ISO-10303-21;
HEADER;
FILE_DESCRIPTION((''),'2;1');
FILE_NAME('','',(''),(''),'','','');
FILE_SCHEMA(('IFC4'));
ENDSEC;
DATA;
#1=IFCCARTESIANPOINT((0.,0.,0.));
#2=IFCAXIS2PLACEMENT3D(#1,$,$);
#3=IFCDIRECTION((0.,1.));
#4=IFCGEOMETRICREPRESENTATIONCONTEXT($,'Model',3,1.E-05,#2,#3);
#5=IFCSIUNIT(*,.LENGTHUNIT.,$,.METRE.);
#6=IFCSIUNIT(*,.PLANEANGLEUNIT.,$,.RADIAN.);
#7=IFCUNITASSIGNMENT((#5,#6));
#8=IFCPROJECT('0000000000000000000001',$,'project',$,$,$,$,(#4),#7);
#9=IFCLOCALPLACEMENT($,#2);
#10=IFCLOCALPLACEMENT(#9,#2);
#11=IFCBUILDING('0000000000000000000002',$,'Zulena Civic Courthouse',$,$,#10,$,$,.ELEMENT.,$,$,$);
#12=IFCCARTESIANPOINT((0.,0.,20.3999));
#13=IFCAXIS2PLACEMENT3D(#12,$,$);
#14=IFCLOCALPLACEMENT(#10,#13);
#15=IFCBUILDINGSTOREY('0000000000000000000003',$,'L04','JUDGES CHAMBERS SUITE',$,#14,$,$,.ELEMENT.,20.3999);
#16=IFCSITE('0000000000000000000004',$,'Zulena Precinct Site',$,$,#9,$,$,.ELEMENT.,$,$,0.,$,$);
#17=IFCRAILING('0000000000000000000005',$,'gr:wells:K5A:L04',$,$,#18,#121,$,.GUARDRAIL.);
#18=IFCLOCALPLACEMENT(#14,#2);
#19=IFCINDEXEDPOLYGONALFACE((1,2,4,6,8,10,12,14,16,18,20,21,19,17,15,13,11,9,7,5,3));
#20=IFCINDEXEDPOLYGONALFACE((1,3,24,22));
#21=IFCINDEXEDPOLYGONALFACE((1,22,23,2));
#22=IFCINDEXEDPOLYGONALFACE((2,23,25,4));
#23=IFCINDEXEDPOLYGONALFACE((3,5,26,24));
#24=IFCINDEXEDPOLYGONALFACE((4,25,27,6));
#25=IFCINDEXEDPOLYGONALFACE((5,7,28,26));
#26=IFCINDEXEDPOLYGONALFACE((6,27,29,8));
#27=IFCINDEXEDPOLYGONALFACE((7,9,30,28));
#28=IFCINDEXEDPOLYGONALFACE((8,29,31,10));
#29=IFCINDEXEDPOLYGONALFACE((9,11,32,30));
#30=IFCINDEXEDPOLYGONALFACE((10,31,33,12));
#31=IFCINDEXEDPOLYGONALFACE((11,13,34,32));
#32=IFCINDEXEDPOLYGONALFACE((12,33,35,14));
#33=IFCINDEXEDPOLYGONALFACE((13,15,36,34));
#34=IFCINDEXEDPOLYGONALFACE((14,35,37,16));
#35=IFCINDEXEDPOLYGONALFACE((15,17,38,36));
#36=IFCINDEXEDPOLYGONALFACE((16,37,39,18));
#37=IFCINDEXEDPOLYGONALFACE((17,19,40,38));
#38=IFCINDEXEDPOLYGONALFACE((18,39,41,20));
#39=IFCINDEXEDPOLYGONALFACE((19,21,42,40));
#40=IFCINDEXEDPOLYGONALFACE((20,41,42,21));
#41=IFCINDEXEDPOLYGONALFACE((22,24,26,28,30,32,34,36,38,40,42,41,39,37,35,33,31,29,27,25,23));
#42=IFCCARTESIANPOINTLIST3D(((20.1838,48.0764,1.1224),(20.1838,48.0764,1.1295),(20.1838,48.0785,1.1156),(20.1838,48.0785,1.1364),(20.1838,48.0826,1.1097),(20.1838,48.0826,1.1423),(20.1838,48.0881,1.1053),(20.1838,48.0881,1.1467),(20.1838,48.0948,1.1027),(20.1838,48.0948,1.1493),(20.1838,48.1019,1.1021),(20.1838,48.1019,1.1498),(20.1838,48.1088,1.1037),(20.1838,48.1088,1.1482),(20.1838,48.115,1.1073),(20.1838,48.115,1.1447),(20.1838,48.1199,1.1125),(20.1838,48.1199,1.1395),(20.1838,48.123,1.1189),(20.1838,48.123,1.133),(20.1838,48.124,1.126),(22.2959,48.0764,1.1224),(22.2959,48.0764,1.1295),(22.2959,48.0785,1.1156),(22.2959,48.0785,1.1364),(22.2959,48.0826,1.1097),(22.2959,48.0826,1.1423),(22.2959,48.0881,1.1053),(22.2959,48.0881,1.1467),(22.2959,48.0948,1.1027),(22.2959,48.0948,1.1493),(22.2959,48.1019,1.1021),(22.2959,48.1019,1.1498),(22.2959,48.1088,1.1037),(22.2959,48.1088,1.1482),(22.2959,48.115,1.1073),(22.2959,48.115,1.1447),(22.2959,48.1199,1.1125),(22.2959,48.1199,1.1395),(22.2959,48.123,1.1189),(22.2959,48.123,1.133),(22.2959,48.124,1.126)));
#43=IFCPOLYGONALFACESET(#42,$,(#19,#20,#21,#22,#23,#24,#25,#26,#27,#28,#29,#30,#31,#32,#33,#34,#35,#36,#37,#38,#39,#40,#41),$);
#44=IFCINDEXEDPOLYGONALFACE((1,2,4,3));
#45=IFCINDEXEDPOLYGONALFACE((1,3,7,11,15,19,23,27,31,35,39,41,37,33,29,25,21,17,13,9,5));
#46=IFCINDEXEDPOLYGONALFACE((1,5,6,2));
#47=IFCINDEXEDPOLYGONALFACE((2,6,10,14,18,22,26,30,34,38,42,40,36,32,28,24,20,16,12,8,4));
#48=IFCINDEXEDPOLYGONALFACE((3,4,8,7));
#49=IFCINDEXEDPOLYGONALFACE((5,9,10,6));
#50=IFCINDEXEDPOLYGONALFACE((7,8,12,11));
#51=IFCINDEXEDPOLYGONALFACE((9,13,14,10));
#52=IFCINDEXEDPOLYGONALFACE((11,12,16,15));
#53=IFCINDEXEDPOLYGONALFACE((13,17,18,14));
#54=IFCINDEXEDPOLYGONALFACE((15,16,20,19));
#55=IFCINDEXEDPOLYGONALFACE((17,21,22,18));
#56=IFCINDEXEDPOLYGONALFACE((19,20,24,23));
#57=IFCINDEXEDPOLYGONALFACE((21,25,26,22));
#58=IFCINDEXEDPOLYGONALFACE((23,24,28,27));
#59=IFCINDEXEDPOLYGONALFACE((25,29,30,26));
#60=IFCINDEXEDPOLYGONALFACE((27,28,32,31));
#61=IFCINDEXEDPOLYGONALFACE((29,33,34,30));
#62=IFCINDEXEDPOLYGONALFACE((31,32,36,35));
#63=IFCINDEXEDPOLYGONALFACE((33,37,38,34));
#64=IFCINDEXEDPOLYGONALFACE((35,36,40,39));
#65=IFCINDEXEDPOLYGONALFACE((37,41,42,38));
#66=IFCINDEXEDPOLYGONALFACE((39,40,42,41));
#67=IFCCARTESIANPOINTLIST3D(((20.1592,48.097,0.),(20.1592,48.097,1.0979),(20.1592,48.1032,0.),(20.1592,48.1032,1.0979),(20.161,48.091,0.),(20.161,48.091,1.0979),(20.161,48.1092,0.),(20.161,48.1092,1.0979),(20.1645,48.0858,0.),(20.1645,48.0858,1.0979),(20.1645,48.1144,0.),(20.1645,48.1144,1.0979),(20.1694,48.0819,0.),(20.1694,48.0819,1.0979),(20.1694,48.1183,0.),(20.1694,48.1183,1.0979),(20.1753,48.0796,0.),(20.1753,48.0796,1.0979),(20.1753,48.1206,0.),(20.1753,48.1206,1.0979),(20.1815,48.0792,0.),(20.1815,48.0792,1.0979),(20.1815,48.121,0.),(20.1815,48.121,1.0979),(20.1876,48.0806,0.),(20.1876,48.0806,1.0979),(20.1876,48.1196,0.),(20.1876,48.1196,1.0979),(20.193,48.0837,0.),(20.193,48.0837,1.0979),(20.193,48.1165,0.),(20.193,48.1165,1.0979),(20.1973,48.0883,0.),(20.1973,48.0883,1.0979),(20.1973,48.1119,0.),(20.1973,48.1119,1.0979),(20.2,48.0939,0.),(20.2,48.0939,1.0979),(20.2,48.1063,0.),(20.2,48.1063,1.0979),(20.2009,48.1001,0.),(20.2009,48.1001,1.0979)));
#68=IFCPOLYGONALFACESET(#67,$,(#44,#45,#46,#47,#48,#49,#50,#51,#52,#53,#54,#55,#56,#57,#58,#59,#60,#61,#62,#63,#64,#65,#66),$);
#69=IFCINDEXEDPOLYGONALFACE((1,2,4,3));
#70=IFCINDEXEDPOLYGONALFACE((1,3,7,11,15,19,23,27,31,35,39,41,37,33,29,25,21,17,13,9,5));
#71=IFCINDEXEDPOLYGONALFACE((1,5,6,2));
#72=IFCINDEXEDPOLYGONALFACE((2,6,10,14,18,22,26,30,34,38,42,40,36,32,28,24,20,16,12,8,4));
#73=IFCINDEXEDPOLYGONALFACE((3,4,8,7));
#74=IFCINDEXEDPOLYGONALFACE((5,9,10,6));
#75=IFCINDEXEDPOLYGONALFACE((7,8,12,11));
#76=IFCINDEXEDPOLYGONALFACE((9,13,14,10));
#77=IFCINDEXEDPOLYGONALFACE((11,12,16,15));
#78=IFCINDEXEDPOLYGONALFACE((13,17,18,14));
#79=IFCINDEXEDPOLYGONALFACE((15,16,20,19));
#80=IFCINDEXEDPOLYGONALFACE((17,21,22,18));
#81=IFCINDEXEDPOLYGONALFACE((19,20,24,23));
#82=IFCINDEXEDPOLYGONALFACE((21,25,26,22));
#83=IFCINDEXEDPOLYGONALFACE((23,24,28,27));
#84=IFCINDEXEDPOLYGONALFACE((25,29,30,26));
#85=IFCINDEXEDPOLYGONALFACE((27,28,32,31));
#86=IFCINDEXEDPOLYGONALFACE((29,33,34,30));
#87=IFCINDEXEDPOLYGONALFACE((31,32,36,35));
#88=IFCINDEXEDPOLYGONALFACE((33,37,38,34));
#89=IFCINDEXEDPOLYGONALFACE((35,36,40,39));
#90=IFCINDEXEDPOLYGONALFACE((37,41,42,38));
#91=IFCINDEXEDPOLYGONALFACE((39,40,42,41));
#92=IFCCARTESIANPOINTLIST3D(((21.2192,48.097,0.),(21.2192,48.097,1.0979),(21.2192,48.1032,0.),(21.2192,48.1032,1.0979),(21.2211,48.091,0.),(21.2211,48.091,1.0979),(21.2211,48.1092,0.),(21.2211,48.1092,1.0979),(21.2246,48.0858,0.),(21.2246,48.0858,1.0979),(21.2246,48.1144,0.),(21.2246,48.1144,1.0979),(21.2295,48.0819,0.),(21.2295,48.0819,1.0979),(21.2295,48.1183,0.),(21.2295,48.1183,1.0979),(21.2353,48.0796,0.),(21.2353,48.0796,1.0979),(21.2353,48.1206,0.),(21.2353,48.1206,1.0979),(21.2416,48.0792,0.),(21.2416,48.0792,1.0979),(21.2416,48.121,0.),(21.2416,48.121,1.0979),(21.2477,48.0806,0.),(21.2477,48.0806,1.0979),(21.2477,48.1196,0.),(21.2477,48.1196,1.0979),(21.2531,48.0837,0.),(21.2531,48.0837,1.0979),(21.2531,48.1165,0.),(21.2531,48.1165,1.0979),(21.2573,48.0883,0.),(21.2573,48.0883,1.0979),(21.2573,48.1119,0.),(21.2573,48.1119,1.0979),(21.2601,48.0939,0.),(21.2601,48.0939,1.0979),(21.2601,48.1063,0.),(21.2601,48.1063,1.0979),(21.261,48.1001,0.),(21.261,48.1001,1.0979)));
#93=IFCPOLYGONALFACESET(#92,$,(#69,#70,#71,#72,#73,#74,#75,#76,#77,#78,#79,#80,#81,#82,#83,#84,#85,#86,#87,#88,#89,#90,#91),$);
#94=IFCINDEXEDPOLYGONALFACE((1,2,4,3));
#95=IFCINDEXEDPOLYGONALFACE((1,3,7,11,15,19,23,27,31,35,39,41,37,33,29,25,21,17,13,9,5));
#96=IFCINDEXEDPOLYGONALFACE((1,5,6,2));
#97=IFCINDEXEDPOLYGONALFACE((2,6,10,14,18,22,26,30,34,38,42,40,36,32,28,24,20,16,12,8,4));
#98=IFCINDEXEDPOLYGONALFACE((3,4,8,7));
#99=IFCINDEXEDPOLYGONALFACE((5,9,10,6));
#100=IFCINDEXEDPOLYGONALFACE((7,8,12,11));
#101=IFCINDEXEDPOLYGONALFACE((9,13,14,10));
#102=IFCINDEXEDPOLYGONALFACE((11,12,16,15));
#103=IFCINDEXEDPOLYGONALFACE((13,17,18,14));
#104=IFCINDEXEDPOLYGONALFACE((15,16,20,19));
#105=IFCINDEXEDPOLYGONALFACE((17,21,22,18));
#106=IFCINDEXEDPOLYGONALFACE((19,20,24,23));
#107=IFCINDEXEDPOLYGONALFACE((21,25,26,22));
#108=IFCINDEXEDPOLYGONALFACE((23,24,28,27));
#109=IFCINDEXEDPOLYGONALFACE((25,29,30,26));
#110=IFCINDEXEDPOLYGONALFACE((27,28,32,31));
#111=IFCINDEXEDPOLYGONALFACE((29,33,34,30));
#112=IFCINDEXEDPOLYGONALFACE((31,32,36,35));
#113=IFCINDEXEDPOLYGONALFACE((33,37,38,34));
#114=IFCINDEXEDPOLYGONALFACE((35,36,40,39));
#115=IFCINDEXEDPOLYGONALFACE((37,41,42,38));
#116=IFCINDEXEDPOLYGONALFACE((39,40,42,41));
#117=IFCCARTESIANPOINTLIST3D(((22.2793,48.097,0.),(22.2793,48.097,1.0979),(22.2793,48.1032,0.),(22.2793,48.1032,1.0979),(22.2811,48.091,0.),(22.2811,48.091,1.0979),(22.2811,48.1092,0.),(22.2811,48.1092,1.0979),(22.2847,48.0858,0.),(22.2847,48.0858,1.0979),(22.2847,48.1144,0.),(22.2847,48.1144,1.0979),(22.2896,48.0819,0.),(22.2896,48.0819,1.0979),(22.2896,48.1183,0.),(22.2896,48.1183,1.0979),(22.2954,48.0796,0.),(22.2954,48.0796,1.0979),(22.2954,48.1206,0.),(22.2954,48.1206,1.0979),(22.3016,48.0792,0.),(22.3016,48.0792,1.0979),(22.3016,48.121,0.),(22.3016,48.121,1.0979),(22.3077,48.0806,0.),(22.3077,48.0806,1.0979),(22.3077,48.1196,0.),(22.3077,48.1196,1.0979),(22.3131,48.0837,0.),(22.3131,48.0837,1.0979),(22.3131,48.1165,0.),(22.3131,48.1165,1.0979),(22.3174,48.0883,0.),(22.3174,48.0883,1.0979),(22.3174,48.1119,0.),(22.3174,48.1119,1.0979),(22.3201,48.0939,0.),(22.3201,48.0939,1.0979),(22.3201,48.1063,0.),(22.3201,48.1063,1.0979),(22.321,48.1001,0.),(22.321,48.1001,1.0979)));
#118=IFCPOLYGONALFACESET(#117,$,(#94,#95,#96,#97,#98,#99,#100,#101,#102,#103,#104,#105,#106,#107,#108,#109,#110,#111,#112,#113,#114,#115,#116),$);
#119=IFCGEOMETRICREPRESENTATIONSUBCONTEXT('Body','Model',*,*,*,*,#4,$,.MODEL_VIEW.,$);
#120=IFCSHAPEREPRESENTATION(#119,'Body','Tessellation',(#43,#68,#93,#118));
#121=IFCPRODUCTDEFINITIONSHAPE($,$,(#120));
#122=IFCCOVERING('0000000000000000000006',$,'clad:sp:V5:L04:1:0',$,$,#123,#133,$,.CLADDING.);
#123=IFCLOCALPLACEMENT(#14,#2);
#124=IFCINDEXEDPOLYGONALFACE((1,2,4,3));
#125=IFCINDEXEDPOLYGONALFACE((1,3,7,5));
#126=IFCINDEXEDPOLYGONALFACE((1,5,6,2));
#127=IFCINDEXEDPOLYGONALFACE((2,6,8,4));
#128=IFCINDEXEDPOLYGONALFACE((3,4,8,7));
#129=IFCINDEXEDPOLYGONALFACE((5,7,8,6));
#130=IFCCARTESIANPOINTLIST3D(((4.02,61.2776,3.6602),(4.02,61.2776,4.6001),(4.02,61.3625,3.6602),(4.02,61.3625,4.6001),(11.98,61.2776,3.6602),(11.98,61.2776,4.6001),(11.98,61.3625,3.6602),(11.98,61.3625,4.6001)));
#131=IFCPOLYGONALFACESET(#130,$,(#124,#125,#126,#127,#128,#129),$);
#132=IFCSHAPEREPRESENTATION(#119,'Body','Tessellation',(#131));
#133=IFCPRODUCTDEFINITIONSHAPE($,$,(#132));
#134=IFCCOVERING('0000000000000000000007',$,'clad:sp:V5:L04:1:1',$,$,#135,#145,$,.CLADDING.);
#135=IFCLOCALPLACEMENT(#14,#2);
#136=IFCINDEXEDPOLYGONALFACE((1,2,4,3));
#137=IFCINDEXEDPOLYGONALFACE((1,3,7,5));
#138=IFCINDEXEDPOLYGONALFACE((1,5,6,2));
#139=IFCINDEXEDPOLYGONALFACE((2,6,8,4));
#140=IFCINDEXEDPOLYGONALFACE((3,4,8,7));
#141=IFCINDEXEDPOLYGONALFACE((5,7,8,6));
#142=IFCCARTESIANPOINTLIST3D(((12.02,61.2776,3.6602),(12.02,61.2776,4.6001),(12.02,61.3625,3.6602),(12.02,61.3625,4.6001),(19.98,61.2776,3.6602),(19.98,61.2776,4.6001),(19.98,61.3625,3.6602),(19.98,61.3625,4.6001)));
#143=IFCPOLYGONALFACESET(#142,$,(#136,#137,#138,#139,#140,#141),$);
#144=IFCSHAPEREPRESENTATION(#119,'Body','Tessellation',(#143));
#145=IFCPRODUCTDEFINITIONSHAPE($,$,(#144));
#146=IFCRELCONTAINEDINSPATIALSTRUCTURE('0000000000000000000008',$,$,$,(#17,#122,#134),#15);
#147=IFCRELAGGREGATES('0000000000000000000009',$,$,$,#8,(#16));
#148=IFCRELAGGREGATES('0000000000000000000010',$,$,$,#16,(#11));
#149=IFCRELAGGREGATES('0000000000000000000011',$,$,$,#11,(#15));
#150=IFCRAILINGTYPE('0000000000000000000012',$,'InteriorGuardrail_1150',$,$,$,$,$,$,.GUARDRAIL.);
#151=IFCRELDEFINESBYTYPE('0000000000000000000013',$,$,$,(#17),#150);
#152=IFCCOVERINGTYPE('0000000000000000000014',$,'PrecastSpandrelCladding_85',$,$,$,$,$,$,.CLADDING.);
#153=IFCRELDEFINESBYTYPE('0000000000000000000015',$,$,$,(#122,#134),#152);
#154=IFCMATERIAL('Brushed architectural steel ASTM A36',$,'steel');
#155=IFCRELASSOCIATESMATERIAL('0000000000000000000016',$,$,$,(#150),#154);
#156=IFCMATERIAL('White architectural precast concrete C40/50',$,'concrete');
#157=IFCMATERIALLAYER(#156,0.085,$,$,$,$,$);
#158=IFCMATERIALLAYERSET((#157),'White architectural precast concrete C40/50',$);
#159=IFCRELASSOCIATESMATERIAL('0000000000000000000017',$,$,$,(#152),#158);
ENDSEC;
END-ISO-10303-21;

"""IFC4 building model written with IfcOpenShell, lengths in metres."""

from ifc_helpers import new_model, si_unit, direction, frame, origin, origin_2d, place, context, subcontext, project, spatial, rectangle, circle, extrude, material, layer, layer_set, type_object, element, save


model = new_model("IFC4")

# Units and contexts
model_context = context("Model", 3, precision=1e-05, world=origin(), true_north=direction((0.0, 1.0)))
body_context = subcontext(model_context, "Body", "Model", "MODEL_VIEW")
ifc_project = project(units=[si_unit("LENGTHUNIT", "METRE"), si_unit("PLANEANGLEUNIT", "RADIAN")], contexts=[model_context])

# Site, building, storey
site_placement = place(None, origin())
site = spatial("IfcSite", under=ifc_project, at=site_placement, Name="Zulena Precinct Site", CompositionType="ELEMENT", RefElevation=0.0)
building_placement = place(site_placement, origin())
building = spatial("IfcBuilding", under=site, at=building_placement, Name="Zulena Civic Courthouse", CompositionType="ELEMENT")
storey_placement = place(building_placement, frame((0.0, 0.0, 20.3999)))
storey = spatial("IfcBuildingStorey", under=building, at=storey_placement, Name="L04", Description="JUDGES CHAMBERS SUITE", CompositionType="ELEMENT", Elevation=20.3999)

# Railing
ifc_material_1 = material(Name="Brushed architectural steel ASTM A36", Category="steel")
railing_type = type_object("IfcRailingType", Name="InteriorGuardrail_1150", PredefinedType="GUARDRAIL", material=ifc_material_1)
railing_1_placement = place(storey_placement, frame((20.1799, 48.1001, 0.0)))
element("IfcRailing", 1, at=railing_1_placement, inside=storey, type_object=railing_type, Name="gr:wells:K5A:L04", PredefinedType="GUARDRAIL", context=body_context, shape_type="SweptSolid", body=[
    extrude(circle(Radius=0.0239, at=origin_2d()), frame((0.0039, 0.0, 1.126), z_axis=(1.0, 0.0, 0.0), x_axis=(0.0, 1.0, 0.0)), (0.0, 0.0, 1.0), 2.1121),
    extrude(circle(Radius=0.021, at=origin_2d()), origin(), (0.0, 0.0, 1.0), 1.0979),
    extrude(circle(Radius=0.021, at=origin_2d()), frame((1.0601, 0.0, 0.0)), (0.0, 0.0, 1.0), 1.0979),
    extrude(circle(Radius=0.021, at=origin_2d()), frame((2.1201, 0.0, 0.0)), (0.0, 0.0, 1.0), 1.0979),
])

# Coverings
ifc_material_2 = material(Name="White architectural precast concrete C40/50", Category="concrete")
ifc_layer_1 = layer(ifc_material_2, 0.085)
ifc_layer_set_1 = layer_set([ifc_layer_1], Name="White architectural precast concrete C40/50")
covering_type = type_object("IfcCoveringType", Name="PrecastSpandrelCladding_85", PredefinedType="CLADDING", material=ifc_layer_set_1)
for number, where, z_axis, x_axis, name in (
    (2, (8.0, 61.3201, 3.6602), (0.0, 0.0, 1.0), (1.0, 0.0, 0.0), "clad:sp:V5:L04:1:0"),
    (3, (16.0, 61.3201, 3.6602), (0.0, 0.0, 1.0), (1.0, 0.0, 0.0), "clad:sp:V5:L04:1:1"),
):
    element("IfcCovering", number, at=place(storey_placement, frame(where, z_axis=z_axis, x_axis=x_axis)), inside=storey, type_object=covering_type, Name=name, PredefinedType="CLADDING", context=body_context, shape_type="SweptSolid", body=[
        extrude(rectangle(XDim=7.96, YDim=0.085, at=origin_2d()), origin(), (0.0, 0.0, 1.0), 0.9399),
    ])

save(model, "model.ifc")
